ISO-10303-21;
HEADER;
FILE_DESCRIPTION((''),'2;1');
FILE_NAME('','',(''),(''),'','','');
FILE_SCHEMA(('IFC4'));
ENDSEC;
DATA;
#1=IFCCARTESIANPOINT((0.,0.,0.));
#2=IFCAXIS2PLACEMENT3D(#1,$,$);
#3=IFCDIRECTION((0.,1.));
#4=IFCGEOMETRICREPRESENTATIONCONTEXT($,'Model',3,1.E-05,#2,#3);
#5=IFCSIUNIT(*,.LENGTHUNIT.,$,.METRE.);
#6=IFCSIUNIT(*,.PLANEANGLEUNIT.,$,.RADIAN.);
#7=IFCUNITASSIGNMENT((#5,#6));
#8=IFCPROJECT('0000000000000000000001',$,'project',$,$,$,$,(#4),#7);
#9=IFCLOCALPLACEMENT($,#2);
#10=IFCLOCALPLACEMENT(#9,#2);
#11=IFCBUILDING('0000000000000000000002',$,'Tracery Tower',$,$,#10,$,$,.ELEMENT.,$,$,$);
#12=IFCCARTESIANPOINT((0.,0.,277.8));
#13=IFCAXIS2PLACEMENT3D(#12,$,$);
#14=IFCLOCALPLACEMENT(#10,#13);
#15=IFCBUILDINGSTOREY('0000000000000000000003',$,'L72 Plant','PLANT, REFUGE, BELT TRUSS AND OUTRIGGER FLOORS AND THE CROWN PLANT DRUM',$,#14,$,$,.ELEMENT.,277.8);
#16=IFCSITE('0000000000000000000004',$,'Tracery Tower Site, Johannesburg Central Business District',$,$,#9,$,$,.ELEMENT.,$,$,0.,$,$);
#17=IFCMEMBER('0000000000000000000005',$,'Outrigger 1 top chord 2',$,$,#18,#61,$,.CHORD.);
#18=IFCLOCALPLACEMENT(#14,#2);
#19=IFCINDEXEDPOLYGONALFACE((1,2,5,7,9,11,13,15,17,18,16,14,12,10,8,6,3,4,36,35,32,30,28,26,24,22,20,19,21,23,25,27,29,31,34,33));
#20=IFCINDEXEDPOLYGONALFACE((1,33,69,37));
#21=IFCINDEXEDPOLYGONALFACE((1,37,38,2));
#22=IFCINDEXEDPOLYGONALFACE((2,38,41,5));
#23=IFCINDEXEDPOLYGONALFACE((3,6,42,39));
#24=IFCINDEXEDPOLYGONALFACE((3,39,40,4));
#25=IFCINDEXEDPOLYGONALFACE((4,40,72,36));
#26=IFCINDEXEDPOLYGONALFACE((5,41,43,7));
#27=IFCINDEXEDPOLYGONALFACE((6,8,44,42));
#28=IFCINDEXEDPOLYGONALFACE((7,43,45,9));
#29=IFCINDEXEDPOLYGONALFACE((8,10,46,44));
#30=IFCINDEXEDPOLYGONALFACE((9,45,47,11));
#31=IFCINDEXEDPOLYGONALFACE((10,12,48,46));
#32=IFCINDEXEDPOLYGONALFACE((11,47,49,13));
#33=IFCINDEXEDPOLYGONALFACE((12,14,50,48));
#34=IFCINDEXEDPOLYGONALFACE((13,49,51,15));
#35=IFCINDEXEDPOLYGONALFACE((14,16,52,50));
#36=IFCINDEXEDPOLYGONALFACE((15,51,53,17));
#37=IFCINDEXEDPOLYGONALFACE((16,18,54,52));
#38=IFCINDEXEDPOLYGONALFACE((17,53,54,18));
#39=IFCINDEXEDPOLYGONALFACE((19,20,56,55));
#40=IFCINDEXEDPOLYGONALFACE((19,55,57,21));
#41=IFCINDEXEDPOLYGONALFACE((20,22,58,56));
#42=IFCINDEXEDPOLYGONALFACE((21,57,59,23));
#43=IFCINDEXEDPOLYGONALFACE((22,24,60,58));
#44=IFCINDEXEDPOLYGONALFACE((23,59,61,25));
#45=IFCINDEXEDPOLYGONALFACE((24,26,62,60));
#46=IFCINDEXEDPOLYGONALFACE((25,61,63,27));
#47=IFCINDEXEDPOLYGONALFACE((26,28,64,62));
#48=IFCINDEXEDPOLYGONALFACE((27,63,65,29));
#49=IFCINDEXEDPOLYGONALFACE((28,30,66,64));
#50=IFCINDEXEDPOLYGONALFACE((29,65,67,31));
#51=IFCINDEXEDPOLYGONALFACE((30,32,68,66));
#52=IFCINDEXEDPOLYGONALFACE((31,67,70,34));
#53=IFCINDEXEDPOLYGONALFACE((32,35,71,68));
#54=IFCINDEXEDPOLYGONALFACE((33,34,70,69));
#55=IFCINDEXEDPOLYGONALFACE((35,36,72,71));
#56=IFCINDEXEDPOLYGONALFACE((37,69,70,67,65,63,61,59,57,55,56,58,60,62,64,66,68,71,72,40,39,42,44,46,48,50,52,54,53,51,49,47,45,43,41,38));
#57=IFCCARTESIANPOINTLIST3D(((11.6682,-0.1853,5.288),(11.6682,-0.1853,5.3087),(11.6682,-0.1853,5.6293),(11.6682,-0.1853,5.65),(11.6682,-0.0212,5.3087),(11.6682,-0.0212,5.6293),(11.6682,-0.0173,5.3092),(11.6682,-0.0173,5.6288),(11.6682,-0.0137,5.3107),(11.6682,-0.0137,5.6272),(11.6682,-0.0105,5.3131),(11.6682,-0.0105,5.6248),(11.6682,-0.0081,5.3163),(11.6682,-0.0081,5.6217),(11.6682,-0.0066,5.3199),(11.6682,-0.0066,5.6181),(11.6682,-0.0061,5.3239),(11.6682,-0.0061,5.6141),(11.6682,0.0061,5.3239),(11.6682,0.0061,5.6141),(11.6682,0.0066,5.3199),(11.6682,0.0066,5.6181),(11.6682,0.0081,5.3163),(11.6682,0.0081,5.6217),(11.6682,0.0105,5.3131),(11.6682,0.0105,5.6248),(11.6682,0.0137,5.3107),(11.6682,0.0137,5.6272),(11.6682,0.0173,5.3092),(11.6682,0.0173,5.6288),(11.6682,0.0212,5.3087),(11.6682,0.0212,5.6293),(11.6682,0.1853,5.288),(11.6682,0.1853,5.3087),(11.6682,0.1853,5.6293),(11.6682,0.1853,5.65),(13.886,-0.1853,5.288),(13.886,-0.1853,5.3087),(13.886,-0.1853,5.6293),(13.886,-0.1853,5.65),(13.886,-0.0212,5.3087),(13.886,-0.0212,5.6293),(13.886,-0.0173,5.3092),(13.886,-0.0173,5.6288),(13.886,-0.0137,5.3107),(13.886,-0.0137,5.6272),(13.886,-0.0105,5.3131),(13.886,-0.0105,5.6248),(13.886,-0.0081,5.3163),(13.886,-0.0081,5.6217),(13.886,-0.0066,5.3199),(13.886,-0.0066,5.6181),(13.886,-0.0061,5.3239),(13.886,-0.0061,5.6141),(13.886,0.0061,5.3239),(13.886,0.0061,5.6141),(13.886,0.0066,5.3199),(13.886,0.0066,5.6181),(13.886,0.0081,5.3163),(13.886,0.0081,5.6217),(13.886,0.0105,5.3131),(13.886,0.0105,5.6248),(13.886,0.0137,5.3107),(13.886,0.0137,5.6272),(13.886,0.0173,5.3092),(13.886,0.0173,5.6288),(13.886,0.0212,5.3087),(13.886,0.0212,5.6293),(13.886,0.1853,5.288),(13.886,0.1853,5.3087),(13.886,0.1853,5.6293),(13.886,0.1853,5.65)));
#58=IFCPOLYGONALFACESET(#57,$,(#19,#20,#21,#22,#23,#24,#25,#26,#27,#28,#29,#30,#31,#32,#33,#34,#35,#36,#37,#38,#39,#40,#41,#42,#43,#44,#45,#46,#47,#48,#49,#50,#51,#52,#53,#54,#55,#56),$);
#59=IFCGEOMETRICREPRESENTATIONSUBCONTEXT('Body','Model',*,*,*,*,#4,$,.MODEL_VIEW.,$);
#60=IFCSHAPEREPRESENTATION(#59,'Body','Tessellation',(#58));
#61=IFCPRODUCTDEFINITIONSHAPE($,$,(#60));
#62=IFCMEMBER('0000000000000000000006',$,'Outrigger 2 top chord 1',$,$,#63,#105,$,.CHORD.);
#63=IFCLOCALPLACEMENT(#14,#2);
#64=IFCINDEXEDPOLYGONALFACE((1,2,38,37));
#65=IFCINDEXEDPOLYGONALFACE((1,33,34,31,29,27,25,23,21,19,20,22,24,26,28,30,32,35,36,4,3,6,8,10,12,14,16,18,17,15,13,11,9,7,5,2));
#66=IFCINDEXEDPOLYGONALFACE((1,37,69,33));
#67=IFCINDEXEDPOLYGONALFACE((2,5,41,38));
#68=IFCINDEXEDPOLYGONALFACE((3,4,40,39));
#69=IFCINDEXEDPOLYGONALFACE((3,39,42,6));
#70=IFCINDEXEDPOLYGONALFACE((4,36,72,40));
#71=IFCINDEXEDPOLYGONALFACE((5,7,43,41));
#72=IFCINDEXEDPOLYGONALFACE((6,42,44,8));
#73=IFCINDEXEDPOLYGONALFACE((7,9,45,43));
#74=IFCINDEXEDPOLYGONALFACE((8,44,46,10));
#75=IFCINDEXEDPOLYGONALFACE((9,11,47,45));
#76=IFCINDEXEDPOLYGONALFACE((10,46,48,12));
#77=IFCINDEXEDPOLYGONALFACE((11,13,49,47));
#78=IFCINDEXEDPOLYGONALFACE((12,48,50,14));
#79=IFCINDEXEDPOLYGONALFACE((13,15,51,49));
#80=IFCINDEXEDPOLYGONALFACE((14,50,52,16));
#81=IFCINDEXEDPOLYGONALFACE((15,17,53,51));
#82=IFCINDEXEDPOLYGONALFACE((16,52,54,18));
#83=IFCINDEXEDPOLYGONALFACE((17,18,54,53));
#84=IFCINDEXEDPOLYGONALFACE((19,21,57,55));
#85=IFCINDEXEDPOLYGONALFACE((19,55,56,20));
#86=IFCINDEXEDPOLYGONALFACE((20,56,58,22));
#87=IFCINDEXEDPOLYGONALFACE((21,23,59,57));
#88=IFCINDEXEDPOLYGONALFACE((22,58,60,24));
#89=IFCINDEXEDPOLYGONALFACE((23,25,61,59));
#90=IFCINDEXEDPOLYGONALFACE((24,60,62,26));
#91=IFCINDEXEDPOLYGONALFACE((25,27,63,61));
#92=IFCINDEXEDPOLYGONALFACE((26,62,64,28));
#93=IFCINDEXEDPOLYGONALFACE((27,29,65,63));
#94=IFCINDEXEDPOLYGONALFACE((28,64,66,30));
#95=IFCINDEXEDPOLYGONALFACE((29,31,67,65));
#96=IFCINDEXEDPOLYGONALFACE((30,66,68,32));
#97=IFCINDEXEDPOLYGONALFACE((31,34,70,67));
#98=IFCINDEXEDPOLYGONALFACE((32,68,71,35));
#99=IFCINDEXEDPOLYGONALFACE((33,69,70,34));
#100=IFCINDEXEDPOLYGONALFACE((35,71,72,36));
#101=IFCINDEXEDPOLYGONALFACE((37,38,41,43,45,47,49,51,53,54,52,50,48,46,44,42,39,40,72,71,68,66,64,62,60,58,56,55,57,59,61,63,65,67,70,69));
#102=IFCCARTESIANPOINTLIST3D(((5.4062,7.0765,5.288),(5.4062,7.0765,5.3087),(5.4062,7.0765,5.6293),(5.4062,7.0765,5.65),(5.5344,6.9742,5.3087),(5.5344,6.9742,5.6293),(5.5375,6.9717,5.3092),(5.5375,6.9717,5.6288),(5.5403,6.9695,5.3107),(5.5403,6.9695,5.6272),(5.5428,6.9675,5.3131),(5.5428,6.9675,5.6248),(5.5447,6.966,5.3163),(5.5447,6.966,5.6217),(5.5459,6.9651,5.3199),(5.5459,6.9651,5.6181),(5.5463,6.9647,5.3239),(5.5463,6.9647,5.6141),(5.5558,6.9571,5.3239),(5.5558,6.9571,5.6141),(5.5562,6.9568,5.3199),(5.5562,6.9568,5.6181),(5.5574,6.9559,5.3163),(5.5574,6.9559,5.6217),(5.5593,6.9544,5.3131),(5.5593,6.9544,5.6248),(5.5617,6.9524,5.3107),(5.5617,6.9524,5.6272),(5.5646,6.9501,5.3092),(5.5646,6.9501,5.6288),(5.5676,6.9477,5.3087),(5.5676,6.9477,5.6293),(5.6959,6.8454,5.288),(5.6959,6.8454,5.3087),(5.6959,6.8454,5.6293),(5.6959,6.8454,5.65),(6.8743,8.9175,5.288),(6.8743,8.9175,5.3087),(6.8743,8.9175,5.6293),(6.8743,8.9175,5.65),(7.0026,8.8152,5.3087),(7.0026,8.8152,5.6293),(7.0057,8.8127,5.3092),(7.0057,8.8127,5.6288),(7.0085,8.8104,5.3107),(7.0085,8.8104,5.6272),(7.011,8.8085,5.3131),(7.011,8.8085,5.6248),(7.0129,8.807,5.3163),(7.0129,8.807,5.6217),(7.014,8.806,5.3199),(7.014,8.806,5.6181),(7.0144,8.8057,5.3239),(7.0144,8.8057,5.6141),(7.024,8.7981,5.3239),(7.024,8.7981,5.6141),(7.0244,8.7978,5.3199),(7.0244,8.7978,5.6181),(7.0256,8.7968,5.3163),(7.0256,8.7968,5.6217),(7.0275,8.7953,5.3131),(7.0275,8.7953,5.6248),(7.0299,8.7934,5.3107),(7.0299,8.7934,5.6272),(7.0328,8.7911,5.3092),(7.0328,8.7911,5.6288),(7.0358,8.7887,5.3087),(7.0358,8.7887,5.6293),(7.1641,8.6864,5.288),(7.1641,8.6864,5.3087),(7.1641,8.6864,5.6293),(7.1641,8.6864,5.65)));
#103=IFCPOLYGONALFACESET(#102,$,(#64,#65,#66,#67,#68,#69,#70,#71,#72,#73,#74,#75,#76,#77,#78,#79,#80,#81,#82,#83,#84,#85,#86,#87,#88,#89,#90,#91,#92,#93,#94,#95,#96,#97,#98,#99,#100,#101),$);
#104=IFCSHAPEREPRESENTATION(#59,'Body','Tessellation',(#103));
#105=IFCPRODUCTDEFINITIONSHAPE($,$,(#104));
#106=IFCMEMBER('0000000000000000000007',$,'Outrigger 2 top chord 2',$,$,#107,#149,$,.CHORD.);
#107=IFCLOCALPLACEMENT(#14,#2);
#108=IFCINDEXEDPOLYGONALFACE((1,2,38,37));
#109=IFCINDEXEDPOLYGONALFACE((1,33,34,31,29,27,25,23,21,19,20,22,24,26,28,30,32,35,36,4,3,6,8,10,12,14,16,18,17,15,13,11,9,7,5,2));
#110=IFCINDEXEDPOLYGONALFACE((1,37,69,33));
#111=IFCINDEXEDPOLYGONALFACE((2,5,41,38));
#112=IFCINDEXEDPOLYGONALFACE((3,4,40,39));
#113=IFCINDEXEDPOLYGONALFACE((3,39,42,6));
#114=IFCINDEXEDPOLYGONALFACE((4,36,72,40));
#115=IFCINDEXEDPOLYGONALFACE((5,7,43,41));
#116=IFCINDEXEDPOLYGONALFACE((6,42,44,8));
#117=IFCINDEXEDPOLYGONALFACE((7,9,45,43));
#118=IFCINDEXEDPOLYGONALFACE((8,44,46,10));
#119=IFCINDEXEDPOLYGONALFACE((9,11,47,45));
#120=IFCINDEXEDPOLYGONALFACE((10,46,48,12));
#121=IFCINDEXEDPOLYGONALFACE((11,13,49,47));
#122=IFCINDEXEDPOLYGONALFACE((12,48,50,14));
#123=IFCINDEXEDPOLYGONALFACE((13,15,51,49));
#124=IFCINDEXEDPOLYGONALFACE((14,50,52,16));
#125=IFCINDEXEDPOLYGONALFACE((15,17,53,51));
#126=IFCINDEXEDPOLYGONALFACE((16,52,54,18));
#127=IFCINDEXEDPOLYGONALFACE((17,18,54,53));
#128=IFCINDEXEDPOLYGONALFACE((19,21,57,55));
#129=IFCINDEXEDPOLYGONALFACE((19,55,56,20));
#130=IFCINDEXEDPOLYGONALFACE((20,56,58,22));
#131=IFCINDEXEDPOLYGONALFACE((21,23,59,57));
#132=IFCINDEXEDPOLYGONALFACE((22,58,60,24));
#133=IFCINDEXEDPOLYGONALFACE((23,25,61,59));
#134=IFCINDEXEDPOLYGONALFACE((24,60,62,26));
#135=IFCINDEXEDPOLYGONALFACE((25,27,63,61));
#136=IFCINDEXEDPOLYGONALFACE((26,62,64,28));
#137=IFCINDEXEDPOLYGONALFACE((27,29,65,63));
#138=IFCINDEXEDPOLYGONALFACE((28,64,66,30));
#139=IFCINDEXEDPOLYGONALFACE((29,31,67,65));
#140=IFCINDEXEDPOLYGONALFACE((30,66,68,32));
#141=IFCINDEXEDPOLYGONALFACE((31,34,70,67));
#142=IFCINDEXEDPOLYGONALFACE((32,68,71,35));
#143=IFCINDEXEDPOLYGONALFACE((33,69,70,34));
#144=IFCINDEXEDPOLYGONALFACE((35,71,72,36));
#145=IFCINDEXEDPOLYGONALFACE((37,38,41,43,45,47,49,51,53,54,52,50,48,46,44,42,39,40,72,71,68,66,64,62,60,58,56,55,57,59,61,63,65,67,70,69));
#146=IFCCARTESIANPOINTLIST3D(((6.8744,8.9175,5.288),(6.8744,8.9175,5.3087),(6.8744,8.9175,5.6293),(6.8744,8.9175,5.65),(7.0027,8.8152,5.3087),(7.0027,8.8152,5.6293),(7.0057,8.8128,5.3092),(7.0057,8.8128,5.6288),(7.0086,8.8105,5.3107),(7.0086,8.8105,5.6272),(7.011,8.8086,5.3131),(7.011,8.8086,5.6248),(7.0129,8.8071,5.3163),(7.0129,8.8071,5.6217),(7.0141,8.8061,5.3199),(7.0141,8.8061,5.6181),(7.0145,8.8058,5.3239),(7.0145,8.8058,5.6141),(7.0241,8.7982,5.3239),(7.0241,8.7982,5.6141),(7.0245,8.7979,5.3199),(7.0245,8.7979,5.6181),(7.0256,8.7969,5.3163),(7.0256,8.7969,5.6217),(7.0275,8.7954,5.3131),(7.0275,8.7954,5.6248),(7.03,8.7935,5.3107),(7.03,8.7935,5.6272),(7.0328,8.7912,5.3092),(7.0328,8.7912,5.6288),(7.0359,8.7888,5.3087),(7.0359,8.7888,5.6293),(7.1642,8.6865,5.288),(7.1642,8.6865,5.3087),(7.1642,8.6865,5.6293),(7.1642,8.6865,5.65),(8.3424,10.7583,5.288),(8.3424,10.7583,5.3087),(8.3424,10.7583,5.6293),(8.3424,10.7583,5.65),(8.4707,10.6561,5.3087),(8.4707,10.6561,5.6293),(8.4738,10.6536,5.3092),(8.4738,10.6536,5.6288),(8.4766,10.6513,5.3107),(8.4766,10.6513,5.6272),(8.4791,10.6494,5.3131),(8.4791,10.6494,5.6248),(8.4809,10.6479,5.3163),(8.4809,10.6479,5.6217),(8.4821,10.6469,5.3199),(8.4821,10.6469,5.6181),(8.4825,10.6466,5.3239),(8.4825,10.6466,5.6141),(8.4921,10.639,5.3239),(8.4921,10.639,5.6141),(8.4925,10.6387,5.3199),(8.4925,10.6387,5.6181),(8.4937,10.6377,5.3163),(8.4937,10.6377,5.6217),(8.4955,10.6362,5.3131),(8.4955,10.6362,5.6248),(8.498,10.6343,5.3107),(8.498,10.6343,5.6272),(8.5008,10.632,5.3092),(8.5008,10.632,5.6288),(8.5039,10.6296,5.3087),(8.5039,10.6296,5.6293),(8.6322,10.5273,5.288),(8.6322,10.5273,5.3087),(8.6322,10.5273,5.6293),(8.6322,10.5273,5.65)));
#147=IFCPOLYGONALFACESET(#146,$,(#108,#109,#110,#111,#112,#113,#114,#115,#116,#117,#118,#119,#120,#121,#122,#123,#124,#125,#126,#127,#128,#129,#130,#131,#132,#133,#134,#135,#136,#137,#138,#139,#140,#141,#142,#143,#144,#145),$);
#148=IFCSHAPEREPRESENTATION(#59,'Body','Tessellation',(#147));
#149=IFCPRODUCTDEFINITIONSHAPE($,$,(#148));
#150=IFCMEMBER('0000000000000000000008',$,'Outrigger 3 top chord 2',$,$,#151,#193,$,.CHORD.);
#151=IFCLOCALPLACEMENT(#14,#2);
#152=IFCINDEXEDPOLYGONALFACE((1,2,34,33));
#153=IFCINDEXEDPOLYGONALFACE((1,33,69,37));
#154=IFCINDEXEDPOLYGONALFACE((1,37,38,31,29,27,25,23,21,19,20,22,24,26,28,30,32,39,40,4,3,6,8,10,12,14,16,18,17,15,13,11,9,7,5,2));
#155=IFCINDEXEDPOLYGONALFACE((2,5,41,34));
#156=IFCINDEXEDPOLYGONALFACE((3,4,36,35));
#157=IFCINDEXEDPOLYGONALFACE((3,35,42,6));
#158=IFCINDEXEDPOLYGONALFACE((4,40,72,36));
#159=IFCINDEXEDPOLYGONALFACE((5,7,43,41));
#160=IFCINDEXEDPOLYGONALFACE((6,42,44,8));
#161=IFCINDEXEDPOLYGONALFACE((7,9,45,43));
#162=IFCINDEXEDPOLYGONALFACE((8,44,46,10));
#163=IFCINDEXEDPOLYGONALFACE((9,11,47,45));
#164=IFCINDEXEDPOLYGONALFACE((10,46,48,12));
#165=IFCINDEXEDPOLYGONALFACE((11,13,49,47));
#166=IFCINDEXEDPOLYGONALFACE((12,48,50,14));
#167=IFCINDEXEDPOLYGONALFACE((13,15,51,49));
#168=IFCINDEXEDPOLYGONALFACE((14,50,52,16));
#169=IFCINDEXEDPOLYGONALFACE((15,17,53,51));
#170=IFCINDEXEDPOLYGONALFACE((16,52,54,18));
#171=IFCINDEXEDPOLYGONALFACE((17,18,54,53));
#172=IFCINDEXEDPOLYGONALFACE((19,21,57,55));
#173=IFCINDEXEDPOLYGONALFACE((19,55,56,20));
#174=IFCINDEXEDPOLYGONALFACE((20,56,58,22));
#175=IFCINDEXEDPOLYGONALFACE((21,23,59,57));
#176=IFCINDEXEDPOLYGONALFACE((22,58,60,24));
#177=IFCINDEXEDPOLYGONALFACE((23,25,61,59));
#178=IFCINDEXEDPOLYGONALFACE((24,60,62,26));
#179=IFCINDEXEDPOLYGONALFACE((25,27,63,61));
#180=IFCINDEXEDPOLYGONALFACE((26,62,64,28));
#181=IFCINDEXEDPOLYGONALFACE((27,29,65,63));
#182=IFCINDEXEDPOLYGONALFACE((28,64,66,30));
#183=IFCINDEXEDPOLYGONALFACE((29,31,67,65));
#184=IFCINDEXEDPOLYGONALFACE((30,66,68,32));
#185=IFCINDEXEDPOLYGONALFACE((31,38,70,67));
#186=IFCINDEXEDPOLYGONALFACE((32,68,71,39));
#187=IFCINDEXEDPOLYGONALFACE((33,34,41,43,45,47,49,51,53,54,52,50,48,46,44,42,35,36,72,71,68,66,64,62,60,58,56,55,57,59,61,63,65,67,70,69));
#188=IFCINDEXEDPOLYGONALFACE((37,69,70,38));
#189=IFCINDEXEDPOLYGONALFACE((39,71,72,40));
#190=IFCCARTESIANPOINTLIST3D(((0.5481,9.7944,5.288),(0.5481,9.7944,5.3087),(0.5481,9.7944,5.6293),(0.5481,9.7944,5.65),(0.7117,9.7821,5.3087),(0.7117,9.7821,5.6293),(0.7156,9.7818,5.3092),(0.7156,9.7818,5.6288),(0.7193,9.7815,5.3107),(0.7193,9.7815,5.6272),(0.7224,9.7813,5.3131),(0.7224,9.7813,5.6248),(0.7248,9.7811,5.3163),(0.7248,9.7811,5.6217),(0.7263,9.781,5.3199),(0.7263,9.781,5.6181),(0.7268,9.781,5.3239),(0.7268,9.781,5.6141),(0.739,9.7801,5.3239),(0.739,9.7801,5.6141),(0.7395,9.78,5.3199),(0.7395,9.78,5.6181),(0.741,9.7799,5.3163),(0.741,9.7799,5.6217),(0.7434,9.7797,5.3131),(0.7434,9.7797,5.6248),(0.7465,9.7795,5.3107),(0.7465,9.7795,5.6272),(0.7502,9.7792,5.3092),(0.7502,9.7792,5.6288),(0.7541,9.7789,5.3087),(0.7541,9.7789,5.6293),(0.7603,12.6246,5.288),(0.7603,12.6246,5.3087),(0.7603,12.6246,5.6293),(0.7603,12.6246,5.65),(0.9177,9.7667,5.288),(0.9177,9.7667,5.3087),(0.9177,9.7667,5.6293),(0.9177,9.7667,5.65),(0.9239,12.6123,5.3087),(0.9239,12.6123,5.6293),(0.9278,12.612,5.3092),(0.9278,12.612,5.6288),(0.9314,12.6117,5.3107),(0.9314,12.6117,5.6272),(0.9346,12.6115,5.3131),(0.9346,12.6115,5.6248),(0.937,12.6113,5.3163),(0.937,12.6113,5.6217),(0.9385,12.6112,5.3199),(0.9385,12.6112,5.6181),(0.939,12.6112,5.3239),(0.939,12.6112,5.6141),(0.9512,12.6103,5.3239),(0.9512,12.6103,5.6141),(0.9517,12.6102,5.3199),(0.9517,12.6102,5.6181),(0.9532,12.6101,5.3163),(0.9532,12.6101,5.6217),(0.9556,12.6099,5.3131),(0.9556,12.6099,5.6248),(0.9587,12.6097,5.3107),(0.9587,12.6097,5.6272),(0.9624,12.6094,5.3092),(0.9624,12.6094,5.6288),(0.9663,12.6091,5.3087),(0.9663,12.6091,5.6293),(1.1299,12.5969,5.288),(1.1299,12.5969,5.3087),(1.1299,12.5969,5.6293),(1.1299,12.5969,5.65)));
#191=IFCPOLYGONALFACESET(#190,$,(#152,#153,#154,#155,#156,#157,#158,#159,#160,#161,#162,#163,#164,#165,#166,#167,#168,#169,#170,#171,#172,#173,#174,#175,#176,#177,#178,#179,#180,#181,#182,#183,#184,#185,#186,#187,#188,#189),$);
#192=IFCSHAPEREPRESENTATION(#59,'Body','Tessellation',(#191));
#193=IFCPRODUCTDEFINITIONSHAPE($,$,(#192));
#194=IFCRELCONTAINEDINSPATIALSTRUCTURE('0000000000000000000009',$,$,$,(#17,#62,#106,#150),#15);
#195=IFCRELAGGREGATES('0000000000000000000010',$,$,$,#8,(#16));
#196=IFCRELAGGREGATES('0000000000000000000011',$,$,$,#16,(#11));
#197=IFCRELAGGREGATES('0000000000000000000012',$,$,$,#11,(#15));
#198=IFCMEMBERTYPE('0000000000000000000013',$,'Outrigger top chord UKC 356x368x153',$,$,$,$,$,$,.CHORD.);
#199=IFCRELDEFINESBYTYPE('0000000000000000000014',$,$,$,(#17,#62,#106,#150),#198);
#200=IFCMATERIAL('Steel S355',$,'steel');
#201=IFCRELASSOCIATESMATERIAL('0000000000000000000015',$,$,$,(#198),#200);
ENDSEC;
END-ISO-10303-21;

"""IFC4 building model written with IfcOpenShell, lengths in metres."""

from ifc_helpers import new_model, si_unit, direction, frame, origin, origin_2d, place, context, subcontext, project, spatial, i_section, extrude, material, material_profile, profile_set, type_object, element, save


model = new_model("IFC4")

# Units and contexts
model_context = context("Model", 3, precision=1e-05, world=origin(), true_north=direction((0.0, 1.0)))
body_context = subcontext(model_context, "Body", "Model", "MODEL_VIEW")
ifc_project = project(units=[si_unit("LENGTHUNIT", "METRE"), si_unit("PLANEANGLEUNIT", "RADIAN")], contexts=[model_context])

# Site, building, storey
site_placement = place(None, origin())
site = spatial("IfcSite", under=ifc_project, at=site_placement, Name="Tracery Tower Site, Johannesburg Central Business District", CompositionType="ELEMENT", RefElevation=0.0)
building_placement = place(site_placement, origin())
building = spatial("IfcBuilding", under=site, at=building_placement, Name="Tracery Tower", CompositionType="ELEMENT")
storey_placement = place(building_placement, frame((0.0, 0.0, 277.8)))
storey = spatial("IfcBuildingStorey", under=building, at=storey_placement, Name="L72 Plant", Description="PLANT, REFUGE, BELT TRUSS AND OUTRIGGER FLOORS AND THE CROWN PLANT DRUM", CompositionType="ELEMENT", Elevation=277.8)

# Members
ifc_material_1 = material(Name="Steel S355", Category="steel")
ifc_material_profile_1 = material_profile(ifc_material_1, i_section(OverallWidth=0.3706, OverallDepth=0.3621, WebThickness=0.0122, FlangeThickness=0.0208, FilletRadius=0.0151, at=origin_2d()), Name="UKC 356x368x153")
ifc_profile_set_1 = profile_set([ifc_material_profile_1], Name="Steel S355")
member_type_1 = type_object("IfcMemberType", Name="Outrigger top chord UKC 356x368x153", PredefinedType="CHORD", material=ifc_profile_set_1)
member_1_placement = place(storey_placement, frame((11.6682, 0.0, 5.469), z_axis=(1.0, 0.0, 0.0), x_axis=(0.0, 1.0, 0.0)))
element("IfcMember", 1, at=member_1_placement, inside=storey, type_object=member_type_1, Name="Outrigger 1 top chord 2", PredefinedType="CHORD", context=body_context, shape_type="SweptSolid", body=[
    extrude(i_section(OverallWidth=0.3706, OverallDepth=0.3621, WebThickness=0.0122, FlangeThickness=0.0208, FilletRadius=0.0151, at=origin_2d()), origin(), (0.0, 0.0, 1.0), 2.2178),
])
member_2_placement = place(storey_placement, frame((5.551, 6.9609, 5.469), z_axis=(0.623506, 0.781819, 0.0), x_axis=(-0.781819, 0.623506, 0.0)))
element("IfcMember", 2, at=member_2_placement, inside=storey, type_object=member_type_1, Name="Outrigger 2 top chord 1", PredefinedType="CHORD", context=body_context, shape_type="SweptSolid", body=[
    extrude(i_section(OverallWidth=0.3706, OverallDepth=0.3621, WebThickness=0.0122, FlangeThickness=0.0208, FilletRadius=0.0151, at=origin_2d()), origin(), (0.0, 0.0, 1.0), 2.3547),
])
member_3_placement = place(storey_placement, frame((7.0193, 8.802, 5.469), z_axis=(0.623493, 0.781829, 0.0), x_axis=(-0.781829, 0.623493, 0.0)))
element("IfcMember", 3, at=member_3_placement, inside=storey, type_object=member_type_1, Name="Outrigger 2 top chord 2", PredefinedType="CHORD", context=body_context, shape_type="SweptSolid", body=[
    extrude(i_section(OverallWidth=0.3706, OverallDepth=0.3621, WebThickness=0.0122, FlangeThickness=0.0208, FilletRadius=0.0151, at=origin_2d()), origin(), (0.0, 0.0, 1.0), 2.3545),
])
member_4_placement = place(storey_placement, frame((0.7329, 9.7805, 5.469), z_axis=(0.074756, 0.997202, 0.0), x_axis=(-0.997202, 0.074756, 0.0)))
element("IfcMember", 4, at=member_4_placement, inside=storey, type_object=member_type_1, Name="Outrigger 3 top chord 2", PredefinedType="CHORD", context=body_context, shape_type="SweptSolid", body=[
    extrude(i_section(OverallWidth=0.3706, OverallDepth=0.3621, WebThickness=0.0122, FlangeThickness=0.0208, FilletRadius=0.0151, at=origin_2d()), origin(), (0.0, 0.0, 1.0), 2.8381),
])

save(model, "model.ifc")
